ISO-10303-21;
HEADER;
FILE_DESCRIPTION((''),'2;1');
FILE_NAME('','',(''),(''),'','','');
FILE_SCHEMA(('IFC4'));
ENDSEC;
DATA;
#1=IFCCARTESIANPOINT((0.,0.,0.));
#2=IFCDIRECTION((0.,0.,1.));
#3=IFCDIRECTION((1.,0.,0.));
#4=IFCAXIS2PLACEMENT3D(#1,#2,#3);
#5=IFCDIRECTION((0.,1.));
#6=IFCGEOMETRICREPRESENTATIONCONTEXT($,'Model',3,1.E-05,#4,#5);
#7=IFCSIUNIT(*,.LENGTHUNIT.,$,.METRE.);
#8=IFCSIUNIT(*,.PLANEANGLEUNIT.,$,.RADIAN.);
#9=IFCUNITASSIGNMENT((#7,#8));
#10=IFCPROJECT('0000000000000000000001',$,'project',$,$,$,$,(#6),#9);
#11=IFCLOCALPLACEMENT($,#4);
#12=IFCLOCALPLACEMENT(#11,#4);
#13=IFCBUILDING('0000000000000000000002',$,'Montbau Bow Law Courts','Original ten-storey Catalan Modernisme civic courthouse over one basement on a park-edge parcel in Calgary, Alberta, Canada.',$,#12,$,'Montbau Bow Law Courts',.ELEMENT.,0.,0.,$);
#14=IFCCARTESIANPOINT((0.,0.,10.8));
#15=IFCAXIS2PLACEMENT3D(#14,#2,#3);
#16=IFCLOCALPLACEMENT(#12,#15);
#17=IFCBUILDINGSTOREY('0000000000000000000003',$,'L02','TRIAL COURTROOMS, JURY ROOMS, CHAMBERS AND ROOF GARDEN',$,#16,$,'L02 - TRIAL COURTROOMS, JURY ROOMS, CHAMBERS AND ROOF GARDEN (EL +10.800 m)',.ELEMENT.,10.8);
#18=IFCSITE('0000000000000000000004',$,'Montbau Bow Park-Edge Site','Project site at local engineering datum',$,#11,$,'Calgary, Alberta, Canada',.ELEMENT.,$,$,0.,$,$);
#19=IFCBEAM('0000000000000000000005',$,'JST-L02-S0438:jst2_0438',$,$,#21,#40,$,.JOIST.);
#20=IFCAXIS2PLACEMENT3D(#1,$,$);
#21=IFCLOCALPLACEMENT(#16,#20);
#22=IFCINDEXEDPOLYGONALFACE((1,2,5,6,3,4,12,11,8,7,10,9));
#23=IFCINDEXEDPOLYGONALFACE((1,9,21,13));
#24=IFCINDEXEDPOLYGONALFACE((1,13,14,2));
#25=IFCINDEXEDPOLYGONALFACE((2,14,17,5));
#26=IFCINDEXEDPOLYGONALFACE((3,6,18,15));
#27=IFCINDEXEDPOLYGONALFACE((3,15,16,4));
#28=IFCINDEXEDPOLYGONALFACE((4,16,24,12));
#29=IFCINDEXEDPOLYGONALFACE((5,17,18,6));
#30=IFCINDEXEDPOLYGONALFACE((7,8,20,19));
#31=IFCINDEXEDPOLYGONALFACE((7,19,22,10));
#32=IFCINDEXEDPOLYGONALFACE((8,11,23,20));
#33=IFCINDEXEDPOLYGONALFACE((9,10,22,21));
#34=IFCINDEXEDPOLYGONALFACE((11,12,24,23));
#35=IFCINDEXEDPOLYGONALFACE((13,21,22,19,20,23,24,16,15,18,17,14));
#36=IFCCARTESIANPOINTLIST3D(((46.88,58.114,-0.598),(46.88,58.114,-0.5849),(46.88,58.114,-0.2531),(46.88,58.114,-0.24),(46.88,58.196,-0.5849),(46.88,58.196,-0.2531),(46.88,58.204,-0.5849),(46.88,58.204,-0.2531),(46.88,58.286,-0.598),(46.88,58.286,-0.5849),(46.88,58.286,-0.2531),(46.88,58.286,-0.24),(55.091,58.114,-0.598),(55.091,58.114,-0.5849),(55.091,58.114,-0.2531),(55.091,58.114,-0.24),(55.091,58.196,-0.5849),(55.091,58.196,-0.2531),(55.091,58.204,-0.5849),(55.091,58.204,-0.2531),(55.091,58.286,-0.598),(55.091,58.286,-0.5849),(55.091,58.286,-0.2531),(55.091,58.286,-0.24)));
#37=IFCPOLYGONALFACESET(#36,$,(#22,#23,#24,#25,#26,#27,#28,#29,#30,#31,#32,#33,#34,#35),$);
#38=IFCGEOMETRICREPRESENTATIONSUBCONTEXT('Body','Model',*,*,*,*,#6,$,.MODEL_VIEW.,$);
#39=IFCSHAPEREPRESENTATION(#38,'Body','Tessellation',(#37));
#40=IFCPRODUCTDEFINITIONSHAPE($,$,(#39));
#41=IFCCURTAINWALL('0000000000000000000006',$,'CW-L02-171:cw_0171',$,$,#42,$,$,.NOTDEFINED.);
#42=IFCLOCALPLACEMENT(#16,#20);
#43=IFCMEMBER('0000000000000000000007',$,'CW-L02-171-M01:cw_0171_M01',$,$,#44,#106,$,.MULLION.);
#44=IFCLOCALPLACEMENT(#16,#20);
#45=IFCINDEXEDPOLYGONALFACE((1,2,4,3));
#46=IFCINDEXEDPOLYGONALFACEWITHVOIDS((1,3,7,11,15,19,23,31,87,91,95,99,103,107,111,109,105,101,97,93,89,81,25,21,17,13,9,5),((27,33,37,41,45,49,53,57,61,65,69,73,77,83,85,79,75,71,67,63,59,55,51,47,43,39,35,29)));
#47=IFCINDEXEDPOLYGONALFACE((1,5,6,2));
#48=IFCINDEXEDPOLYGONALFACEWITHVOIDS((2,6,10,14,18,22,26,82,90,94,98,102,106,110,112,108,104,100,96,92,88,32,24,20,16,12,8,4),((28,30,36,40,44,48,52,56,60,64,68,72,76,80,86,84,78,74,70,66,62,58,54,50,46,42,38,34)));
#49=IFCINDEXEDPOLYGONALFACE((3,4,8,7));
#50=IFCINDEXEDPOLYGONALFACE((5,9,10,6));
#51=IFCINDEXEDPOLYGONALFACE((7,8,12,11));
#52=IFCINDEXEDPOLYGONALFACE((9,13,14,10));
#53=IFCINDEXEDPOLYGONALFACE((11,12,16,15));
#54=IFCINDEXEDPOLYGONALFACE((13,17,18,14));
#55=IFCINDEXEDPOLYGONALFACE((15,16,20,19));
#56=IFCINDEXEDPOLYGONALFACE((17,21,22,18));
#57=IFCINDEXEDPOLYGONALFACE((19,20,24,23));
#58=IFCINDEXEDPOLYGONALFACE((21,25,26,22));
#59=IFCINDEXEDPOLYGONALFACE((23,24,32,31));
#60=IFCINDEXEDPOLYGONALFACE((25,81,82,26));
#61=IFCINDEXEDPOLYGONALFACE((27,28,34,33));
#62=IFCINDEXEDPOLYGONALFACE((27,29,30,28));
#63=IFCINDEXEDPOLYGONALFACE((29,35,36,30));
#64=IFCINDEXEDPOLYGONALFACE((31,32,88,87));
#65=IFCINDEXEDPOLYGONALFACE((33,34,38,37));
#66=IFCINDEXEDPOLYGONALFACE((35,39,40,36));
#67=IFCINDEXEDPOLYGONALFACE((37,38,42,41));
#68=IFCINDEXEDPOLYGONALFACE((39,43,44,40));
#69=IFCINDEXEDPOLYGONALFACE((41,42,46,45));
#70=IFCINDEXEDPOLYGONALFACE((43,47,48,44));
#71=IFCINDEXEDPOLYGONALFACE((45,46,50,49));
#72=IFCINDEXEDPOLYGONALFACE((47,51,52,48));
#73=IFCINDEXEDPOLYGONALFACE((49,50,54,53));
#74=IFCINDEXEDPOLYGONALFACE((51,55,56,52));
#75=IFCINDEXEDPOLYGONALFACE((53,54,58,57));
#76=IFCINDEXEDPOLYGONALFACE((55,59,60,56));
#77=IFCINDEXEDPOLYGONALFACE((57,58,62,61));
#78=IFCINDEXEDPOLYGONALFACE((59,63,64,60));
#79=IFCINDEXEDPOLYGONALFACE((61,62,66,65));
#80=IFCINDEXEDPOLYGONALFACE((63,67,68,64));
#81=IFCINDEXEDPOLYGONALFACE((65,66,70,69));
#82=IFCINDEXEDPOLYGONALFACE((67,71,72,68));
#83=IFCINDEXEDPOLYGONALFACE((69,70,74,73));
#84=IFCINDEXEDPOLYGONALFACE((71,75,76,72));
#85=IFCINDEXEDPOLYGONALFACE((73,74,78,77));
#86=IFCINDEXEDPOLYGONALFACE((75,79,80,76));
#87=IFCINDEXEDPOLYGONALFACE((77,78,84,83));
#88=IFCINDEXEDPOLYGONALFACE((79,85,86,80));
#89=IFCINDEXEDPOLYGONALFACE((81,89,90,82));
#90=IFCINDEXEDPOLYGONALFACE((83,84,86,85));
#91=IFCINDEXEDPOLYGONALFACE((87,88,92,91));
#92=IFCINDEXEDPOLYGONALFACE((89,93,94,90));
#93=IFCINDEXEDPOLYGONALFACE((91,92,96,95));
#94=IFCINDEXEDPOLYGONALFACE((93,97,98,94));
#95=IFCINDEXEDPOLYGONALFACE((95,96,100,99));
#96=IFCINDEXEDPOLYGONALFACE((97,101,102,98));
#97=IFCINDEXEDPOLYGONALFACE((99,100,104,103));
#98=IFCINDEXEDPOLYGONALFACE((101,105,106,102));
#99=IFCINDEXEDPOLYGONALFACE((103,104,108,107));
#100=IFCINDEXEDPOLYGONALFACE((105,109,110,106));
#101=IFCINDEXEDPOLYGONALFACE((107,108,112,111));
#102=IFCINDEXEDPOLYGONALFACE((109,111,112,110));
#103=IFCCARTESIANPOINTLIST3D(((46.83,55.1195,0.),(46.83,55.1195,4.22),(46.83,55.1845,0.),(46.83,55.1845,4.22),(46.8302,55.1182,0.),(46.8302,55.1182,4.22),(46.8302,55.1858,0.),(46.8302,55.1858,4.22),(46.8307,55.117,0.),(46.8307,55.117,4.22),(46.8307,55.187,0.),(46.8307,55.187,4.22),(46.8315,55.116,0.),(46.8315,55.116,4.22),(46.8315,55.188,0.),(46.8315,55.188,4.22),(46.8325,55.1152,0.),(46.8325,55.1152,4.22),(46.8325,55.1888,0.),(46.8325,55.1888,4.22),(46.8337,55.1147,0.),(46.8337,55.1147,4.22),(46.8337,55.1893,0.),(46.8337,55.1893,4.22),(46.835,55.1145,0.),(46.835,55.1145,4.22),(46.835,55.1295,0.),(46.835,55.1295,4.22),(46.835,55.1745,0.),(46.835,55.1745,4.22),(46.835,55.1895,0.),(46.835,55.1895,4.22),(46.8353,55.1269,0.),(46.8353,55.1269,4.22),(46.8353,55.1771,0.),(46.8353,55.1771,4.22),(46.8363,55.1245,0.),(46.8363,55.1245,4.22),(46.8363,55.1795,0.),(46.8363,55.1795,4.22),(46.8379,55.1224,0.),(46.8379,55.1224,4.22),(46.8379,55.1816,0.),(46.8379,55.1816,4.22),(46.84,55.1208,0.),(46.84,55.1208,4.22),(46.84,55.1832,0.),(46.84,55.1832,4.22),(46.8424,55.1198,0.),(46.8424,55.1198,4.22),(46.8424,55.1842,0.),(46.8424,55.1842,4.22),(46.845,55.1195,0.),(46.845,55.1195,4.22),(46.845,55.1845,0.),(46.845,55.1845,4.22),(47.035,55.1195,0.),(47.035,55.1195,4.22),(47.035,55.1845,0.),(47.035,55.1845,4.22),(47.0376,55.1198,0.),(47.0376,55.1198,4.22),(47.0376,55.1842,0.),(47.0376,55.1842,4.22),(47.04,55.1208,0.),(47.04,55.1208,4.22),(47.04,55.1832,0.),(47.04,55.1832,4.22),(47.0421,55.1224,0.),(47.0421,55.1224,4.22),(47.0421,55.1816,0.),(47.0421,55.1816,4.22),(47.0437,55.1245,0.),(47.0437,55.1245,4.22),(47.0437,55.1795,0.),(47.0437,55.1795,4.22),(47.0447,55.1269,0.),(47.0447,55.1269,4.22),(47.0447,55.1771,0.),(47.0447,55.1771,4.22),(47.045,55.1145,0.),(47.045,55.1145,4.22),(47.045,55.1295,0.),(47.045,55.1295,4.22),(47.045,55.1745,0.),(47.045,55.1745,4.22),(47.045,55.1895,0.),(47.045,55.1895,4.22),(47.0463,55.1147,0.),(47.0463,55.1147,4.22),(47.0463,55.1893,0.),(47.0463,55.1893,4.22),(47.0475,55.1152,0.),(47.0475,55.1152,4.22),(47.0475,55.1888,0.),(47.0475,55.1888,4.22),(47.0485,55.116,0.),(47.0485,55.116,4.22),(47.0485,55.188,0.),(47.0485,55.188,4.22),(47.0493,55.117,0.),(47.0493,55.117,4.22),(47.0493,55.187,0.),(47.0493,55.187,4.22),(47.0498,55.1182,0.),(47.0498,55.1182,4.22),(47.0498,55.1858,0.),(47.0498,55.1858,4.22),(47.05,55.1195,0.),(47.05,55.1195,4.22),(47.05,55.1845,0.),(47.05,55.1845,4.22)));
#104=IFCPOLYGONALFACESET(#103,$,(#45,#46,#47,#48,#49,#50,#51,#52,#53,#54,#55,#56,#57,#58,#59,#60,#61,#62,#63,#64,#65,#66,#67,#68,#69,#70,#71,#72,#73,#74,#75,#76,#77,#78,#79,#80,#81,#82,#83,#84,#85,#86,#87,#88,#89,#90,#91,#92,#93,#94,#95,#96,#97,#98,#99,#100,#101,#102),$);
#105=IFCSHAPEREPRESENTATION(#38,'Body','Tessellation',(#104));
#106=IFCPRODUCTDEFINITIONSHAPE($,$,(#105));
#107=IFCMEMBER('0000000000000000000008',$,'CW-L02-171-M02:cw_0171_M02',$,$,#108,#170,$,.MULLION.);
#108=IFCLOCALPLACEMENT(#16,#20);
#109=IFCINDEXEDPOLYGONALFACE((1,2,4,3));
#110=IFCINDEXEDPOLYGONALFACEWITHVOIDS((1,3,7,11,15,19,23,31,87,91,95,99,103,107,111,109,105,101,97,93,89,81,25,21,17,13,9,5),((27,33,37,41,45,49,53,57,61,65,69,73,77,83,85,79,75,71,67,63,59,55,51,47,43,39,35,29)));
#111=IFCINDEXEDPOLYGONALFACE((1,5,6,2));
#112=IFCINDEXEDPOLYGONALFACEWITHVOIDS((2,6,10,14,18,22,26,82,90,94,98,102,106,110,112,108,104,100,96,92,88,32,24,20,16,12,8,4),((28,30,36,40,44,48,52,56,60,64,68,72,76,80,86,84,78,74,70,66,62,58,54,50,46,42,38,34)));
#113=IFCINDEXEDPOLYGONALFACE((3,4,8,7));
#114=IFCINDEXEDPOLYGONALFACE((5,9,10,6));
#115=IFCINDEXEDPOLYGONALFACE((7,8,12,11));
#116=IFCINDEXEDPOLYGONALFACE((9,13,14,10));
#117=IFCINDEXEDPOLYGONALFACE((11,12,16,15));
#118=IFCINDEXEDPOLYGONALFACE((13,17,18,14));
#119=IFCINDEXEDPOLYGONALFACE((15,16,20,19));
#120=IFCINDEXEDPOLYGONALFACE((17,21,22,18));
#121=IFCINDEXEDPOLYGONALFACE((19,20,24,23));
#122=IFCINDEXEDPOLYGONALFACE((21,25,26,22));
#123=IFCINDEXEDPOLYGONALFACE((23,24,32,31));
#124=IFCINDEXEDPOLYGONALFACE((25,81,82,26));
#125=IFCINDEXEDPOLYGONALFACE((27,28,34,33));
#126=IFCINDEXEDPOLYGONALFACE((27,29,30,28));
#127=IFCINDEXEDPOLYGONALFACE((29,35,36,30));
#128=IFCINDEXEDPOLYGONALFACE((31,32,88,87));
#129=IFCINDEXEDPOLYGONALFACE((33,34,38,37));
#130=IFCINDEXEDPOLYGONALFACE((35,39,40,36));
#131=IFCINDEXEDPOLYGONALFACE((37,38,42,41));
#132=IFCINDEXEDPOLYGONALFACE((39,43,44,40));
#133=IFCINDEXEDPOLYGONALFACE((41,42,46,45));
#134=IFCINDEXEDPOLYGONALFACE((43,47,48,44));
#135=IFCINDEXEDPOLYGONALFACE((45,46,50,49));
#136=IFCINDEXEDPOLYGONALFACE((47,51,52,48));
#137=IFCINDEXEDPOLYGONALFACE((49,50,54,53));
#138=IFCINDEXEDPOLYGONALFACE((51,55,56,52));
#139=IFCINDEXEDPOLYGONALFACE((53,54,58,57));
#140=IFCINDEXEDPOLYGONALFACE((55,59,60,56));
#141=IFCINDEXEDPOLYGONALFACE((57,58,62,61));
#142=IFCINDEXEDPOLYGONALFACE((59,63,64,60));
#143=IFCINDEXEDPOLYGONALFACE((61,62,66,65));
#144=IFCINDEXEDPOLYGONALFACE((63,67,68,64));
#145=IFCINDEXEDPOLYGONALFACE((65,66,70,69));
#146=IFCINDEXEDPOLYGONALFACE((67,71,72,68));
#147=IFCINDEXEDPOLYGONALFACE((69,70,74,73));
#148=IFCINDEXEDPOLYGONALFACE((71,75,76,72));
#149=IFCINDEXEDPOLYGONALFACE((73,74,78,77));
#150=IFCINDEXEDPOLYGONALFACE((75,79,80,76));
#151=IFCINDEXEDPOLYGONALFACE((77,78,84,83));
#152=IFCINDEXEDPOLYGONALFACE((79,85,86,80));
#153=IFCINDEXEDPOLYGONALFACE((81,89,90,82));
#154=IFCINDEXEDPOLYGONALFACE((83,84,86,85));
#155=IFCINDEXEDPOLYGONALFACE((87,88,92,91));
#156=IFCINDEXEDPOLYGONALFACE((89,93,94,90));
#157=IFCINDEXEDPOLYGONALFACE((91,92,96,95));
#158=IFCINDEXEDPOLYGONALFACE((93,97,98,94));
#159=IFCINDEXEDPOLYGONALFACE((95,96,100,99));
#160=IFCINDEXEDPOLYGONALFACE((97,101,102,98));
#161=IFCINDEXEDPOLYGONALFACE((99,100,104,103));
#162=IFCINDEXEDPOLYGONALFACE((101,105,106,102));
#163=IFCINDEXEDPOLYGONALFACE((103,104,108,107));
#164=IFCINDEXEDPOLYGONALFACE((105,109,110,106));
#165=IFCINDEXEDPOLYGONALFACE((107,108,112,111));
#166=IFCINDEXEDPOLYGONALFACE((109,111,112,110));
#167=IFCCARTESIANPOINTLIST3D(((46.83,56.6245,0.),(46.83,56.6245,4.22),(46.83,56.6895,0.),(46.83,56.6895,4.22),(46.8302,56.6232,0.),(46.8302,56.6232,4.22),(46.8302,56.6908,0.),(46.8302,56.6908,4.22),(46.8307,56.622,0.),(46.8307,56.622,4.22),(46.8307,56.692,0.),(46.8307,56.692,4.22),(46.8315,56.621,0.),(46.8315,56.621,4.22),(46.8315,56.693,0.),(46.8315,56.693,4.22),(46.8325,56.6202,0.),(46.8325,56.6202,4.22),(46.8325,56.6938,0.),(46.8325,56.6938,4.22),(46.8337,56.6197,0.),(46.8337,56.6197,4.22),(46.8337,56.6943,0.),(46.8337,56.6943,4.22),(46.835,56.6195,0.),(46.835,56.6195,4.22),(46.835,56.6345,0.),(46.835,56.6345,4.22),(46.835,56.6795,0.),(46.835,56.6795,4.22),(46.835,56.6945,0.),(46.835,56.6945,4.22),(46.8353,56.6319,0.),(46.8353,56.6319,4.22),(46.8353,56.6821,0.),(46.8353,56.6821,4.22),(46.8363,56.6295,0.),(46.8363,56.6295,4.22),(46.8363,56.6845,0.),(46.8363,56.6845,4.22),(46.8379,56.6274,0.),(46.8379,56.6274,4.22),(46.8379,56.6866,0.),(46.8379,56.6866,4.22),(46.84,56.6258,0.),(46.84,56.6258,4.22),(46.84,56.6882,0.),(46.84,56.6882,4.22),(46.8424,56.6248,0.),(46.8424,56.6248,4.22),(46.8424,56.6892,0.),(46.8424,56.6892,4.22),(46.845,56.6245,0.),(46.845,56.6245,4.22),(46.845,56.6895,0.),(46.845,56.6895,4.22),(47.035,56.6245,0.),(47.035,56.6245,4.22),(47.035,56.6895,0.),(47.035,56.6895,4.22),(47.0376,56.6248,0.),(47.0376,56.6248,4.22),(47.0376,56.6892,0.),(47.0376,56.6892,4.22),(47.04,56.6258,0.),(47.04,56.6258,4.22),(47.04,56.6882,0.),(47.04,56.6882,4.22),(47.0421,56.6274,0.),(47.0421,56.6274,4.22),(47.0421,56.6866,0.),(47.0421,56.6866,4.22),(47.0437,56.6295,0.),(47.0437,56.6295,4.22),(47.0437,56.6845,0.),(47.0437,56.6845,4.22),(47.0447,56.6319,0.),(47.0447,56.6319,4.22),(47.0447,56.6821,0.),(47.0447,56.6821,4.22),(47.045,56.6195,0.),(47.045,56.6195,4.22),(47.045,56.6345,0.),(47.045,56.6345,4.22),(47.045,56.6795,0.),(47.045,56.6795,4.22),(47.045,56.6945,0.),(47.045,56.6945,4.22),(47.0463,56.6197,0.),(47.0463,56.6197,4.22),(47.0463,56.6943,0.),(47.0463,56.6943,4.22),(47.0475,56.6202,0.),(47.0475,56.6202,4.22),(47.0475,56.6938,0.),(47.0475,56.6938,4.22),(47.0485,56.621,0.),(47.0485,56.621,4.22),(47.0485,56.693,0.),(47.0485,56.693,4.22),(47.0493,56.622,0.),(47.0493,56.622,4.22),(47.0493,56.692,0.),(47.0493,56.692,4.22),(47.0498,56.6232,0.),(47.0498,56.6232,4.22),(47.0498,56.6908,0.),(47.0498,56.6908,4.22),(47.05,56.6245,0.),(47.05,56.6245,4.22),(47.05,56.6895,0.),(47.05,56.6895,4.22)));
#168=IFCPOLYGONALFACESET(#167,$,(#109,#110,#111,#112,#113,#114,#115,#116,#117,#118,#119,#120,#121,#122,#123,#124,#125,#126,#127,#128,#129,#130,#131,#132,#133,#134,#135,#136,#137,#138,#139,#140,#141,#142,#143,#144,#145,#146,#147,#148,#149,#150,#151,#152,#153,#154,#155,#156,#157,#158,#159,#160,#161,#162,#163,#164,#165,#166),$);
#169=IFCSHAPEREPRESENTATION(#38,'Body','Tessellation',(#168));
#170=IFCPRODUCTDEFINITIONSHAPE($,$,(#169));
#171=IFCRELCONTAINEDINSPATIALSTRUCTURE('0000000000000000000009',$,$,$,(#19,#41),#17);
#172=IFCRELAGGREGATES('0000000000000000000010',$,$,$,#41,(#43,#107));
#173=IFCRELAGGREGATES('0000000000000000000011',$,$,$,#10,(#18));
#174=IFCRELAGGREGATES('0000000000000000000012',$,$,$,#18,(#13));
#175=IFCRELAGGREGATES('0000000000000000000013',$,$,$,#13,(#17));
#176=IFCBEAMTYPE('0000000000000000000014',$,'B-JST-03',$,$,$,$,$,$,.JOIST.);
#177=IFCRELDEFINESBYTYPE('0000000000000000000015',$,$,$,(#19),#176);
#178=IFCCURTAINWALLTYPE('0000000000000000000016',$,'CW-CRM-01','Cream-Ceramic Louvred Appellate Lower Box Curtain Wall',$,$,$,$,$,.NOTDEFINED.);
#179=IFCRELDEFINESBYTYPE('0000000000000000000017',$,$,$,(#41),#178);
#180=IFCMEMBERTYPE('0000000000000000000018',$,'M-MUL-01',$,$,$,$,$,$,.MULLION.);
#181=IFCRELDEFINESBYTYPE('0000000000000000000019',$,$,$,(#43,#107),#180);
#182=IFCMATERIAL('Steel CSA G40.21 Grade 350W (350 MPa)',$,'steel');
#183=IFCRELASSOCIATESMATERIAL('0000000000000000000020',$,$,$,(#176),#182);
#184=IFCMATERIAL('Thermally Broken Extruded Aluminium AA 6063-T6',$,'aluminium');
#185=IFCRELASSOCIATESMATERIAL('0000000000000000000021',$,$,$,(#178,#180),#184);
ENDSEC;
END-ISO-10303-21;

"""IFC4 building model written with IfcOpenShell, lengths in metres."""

from ifc_helpers import new_model, si_unit, direction, frame, origin_with_axes, origin_2d_with_axis, place, context, subcontext, project, spatial, hollow_rectangle, i_section, extrude, material, material_profile, profile_set, type_object, element, aggregate, save


model = new_model("IFC4")

# Units and contexts
model_context = context("Model", 3, precision=1e-05, world=origin_with_axes(), true_north=direction((0.0, 1.0)))
body_context = subcontext(model_context, "Body", "Model", "MODEL_VIEW")
ifc_project = project(units=[si_unit("LENGTHUNIT", "METRE"), si_unit("PLANEANGLEUNIT", "RADIAN")], contexts=[model_context])

# Site, building, storey
site_placement = place(None, origin_with_axes())
site = spatial("IfcSite", under=ifc_project, at=site_placement, Name="Montbau Bow Park-Edge Site", Description="Project site at local engineering datum", LongName="Calgary, Alberta, Canada", CompositionType="ELEMENT", RefElevation=0.0)
building_placement = place(site_placement, origin_with_axes())
building = spatial("IfcBuilding", under=site, at=building_placement, Name="Montbau Bow Law Courts", Description="Original ten-storey Catalan Modernisme civic courthouse over one basement on a park-edge parcel in Calgary, Alberta, Canada.", LongName="Montbau Bow Law Courts", CompositionType="ELEMENT", ElevationOfRefHeight=0.0, ElevationOfTerrain=0.0)
storey_placement = place(building_placement, frame((0.0, 0.0, 10.8), z_axis=(0.0, 0.0, 1.0), x_axis=(1.0, 0.0, 0.0)))
storey = spatial("IfcBuildingStorey", under=building, at=storey_placement, Name="L02", Description="TRIAL COURTROOMS, JURY ROOMS, CHAMBERS AND ROOF GARDEN", LongName="L02 - TRIAL COURTROOMS, JURY ROOMS, CHAMBERS AND ROOF GARDEN (EL +10.800 m)", CompositionType="ELEMENT", Elevation=10.8)

# Beam
ifc_material_1 = material(Name="Steel CSA G40.21 Grade 350W (350 MPa)", Category="steel")
ifc_material_profile_1 = material_profile(ifc_material_1, i_section(OverallWidth=0.172, OverallDepth=0.358, WebThickness=0.0079, FlangeThickness=0.0131, at=origin_2d_with_axis()), Name="W360X57", Category="Main", Priority=0)
ifc_profile_set_1 = profile_set([ifc_material_profile_1], Name="Steel CSA G40.21 Grade 350W (350 MPa)")
beam_type = type_object("IfcBeamType", Name="B-JST-03", PredefinedType="JOIST", material=ifc_profile_set_1)
beam_placement = place(None, frame((46.88, 58.2, 10.381), z_axis=(1.0, 0.0, 0.0), x_axis=(0.0, 1.0, 0.0)))
element("IfcBeam", 1, at=beam_placement, inside=storey, type_object=beam_type, Name="JST-L02-S0438:jst2_0438", PredefinedType="JOIST", context=body_context, shape_type="SweptSolid", body=[
    extrude(i_section(OverallWidth=0.172, OverallDepth=0.358, WebThickness=0.0079, FlangeThickness=0.0131, at=origin_2d_with_axis()), origin_with_axes(), (0.0, 0.0, 1.0), 8.211),
])

# Curtain wall, members
ifc_material_2 = material(Name="Thermally Broken Extruded Aluminium AA 6063-T6", Category="aluminium")
curtain_wall_type = type_object("IfcCurtainWallType", Name="CW-CRM-01", Description="Cream-Ceramic Louvred Appellate Lower Box Curtain Wall", PredefinedType="NOTDEFINED", material=ifc_material_2)
curtain_wall_placement = place(None, frame((46.94, 55.115, 10.8), z_axis=(0.0, 0.0, 1.0), x_axis=(1.0, 0.0, 0.0)))
curtain_wall = element("IfcCurtainWall", 2, at=curtain_wall_placement, inside=storey, type_object=curtain_wall_type, Name="CW-L02-171:cw_0171", PredefinedType="NOTDEFINED")
ifc_material_profile_2 = material_profile(ifc_material_2, hollow_rectangle(XDim=0.075, YDim=0.22, WallThickness=0.005, InnerFilletRadius=0.01, OuterFilletRadius=0.005, at=origin_2d_with_axis()), Name="CWM-220X75", Category="Main", Priority=0)
ifc_profile_set_2 = profile_set([ifc_material_profile_2], Name="Thermally Broken Extruded Aluminium AA 6063-T6")
member_type_1 = type_object("IfcMemberType", Name="M-MUL-01", PredefinedType="MULLION", material=ifc_profile_set_2)
member_1_placement = place(None, frame((46.94, 55.152, 10.8), z_axis=(0.0, 0.0, 1.0), x_axis=(0.0, 1.0, 0.0)))
member_1 = element("IfcMember", 3, at=member_1_placement, type_object=member_type_1, Name="CW-L02-171-M01:cw_0171_M01", PredefinedType="MULLION", context=body_context, shape_type="SweptSolid", body=[
    extrude(hollow_rectangle(XDim=0.075, YDim=0.22, WallThickness=0.005, InnerFilletRadius=0.01, OuterFilletRadius=0.005, at=origin_2d_with_axis()), origin_with_axes(), (0.0, 0.0, 1.0), 4.22),
])
member_2_placement = place(None, frame((46.94, 56.657, 10.8), z_axis=(0.0, 0.0, 1.0), x_axis=(0.0, 1.0, 0.0)))
member_2 = element("IfcMember", 4, at=member_2_placement, type_object=member_type_1, Name="CW-L02-171-M02:cw_0171_M02", PredefinedType="MULLION", context=body_context, shape_type="SweptSolid", body=[
    extrude(hollow_rectangle(XDim=0.075, YDim=0.22, WallThickness=0.005, InnerFilletRadius=0.01, OuterFilletRadius=0.005, at=origin_2d_with_axis()), origin_with_axes(), (0.0, 0.0, 1.0), 4.22),
])
aggregate(curtain_wall, [member_1, member_2])

save(model, "model.ifc")
